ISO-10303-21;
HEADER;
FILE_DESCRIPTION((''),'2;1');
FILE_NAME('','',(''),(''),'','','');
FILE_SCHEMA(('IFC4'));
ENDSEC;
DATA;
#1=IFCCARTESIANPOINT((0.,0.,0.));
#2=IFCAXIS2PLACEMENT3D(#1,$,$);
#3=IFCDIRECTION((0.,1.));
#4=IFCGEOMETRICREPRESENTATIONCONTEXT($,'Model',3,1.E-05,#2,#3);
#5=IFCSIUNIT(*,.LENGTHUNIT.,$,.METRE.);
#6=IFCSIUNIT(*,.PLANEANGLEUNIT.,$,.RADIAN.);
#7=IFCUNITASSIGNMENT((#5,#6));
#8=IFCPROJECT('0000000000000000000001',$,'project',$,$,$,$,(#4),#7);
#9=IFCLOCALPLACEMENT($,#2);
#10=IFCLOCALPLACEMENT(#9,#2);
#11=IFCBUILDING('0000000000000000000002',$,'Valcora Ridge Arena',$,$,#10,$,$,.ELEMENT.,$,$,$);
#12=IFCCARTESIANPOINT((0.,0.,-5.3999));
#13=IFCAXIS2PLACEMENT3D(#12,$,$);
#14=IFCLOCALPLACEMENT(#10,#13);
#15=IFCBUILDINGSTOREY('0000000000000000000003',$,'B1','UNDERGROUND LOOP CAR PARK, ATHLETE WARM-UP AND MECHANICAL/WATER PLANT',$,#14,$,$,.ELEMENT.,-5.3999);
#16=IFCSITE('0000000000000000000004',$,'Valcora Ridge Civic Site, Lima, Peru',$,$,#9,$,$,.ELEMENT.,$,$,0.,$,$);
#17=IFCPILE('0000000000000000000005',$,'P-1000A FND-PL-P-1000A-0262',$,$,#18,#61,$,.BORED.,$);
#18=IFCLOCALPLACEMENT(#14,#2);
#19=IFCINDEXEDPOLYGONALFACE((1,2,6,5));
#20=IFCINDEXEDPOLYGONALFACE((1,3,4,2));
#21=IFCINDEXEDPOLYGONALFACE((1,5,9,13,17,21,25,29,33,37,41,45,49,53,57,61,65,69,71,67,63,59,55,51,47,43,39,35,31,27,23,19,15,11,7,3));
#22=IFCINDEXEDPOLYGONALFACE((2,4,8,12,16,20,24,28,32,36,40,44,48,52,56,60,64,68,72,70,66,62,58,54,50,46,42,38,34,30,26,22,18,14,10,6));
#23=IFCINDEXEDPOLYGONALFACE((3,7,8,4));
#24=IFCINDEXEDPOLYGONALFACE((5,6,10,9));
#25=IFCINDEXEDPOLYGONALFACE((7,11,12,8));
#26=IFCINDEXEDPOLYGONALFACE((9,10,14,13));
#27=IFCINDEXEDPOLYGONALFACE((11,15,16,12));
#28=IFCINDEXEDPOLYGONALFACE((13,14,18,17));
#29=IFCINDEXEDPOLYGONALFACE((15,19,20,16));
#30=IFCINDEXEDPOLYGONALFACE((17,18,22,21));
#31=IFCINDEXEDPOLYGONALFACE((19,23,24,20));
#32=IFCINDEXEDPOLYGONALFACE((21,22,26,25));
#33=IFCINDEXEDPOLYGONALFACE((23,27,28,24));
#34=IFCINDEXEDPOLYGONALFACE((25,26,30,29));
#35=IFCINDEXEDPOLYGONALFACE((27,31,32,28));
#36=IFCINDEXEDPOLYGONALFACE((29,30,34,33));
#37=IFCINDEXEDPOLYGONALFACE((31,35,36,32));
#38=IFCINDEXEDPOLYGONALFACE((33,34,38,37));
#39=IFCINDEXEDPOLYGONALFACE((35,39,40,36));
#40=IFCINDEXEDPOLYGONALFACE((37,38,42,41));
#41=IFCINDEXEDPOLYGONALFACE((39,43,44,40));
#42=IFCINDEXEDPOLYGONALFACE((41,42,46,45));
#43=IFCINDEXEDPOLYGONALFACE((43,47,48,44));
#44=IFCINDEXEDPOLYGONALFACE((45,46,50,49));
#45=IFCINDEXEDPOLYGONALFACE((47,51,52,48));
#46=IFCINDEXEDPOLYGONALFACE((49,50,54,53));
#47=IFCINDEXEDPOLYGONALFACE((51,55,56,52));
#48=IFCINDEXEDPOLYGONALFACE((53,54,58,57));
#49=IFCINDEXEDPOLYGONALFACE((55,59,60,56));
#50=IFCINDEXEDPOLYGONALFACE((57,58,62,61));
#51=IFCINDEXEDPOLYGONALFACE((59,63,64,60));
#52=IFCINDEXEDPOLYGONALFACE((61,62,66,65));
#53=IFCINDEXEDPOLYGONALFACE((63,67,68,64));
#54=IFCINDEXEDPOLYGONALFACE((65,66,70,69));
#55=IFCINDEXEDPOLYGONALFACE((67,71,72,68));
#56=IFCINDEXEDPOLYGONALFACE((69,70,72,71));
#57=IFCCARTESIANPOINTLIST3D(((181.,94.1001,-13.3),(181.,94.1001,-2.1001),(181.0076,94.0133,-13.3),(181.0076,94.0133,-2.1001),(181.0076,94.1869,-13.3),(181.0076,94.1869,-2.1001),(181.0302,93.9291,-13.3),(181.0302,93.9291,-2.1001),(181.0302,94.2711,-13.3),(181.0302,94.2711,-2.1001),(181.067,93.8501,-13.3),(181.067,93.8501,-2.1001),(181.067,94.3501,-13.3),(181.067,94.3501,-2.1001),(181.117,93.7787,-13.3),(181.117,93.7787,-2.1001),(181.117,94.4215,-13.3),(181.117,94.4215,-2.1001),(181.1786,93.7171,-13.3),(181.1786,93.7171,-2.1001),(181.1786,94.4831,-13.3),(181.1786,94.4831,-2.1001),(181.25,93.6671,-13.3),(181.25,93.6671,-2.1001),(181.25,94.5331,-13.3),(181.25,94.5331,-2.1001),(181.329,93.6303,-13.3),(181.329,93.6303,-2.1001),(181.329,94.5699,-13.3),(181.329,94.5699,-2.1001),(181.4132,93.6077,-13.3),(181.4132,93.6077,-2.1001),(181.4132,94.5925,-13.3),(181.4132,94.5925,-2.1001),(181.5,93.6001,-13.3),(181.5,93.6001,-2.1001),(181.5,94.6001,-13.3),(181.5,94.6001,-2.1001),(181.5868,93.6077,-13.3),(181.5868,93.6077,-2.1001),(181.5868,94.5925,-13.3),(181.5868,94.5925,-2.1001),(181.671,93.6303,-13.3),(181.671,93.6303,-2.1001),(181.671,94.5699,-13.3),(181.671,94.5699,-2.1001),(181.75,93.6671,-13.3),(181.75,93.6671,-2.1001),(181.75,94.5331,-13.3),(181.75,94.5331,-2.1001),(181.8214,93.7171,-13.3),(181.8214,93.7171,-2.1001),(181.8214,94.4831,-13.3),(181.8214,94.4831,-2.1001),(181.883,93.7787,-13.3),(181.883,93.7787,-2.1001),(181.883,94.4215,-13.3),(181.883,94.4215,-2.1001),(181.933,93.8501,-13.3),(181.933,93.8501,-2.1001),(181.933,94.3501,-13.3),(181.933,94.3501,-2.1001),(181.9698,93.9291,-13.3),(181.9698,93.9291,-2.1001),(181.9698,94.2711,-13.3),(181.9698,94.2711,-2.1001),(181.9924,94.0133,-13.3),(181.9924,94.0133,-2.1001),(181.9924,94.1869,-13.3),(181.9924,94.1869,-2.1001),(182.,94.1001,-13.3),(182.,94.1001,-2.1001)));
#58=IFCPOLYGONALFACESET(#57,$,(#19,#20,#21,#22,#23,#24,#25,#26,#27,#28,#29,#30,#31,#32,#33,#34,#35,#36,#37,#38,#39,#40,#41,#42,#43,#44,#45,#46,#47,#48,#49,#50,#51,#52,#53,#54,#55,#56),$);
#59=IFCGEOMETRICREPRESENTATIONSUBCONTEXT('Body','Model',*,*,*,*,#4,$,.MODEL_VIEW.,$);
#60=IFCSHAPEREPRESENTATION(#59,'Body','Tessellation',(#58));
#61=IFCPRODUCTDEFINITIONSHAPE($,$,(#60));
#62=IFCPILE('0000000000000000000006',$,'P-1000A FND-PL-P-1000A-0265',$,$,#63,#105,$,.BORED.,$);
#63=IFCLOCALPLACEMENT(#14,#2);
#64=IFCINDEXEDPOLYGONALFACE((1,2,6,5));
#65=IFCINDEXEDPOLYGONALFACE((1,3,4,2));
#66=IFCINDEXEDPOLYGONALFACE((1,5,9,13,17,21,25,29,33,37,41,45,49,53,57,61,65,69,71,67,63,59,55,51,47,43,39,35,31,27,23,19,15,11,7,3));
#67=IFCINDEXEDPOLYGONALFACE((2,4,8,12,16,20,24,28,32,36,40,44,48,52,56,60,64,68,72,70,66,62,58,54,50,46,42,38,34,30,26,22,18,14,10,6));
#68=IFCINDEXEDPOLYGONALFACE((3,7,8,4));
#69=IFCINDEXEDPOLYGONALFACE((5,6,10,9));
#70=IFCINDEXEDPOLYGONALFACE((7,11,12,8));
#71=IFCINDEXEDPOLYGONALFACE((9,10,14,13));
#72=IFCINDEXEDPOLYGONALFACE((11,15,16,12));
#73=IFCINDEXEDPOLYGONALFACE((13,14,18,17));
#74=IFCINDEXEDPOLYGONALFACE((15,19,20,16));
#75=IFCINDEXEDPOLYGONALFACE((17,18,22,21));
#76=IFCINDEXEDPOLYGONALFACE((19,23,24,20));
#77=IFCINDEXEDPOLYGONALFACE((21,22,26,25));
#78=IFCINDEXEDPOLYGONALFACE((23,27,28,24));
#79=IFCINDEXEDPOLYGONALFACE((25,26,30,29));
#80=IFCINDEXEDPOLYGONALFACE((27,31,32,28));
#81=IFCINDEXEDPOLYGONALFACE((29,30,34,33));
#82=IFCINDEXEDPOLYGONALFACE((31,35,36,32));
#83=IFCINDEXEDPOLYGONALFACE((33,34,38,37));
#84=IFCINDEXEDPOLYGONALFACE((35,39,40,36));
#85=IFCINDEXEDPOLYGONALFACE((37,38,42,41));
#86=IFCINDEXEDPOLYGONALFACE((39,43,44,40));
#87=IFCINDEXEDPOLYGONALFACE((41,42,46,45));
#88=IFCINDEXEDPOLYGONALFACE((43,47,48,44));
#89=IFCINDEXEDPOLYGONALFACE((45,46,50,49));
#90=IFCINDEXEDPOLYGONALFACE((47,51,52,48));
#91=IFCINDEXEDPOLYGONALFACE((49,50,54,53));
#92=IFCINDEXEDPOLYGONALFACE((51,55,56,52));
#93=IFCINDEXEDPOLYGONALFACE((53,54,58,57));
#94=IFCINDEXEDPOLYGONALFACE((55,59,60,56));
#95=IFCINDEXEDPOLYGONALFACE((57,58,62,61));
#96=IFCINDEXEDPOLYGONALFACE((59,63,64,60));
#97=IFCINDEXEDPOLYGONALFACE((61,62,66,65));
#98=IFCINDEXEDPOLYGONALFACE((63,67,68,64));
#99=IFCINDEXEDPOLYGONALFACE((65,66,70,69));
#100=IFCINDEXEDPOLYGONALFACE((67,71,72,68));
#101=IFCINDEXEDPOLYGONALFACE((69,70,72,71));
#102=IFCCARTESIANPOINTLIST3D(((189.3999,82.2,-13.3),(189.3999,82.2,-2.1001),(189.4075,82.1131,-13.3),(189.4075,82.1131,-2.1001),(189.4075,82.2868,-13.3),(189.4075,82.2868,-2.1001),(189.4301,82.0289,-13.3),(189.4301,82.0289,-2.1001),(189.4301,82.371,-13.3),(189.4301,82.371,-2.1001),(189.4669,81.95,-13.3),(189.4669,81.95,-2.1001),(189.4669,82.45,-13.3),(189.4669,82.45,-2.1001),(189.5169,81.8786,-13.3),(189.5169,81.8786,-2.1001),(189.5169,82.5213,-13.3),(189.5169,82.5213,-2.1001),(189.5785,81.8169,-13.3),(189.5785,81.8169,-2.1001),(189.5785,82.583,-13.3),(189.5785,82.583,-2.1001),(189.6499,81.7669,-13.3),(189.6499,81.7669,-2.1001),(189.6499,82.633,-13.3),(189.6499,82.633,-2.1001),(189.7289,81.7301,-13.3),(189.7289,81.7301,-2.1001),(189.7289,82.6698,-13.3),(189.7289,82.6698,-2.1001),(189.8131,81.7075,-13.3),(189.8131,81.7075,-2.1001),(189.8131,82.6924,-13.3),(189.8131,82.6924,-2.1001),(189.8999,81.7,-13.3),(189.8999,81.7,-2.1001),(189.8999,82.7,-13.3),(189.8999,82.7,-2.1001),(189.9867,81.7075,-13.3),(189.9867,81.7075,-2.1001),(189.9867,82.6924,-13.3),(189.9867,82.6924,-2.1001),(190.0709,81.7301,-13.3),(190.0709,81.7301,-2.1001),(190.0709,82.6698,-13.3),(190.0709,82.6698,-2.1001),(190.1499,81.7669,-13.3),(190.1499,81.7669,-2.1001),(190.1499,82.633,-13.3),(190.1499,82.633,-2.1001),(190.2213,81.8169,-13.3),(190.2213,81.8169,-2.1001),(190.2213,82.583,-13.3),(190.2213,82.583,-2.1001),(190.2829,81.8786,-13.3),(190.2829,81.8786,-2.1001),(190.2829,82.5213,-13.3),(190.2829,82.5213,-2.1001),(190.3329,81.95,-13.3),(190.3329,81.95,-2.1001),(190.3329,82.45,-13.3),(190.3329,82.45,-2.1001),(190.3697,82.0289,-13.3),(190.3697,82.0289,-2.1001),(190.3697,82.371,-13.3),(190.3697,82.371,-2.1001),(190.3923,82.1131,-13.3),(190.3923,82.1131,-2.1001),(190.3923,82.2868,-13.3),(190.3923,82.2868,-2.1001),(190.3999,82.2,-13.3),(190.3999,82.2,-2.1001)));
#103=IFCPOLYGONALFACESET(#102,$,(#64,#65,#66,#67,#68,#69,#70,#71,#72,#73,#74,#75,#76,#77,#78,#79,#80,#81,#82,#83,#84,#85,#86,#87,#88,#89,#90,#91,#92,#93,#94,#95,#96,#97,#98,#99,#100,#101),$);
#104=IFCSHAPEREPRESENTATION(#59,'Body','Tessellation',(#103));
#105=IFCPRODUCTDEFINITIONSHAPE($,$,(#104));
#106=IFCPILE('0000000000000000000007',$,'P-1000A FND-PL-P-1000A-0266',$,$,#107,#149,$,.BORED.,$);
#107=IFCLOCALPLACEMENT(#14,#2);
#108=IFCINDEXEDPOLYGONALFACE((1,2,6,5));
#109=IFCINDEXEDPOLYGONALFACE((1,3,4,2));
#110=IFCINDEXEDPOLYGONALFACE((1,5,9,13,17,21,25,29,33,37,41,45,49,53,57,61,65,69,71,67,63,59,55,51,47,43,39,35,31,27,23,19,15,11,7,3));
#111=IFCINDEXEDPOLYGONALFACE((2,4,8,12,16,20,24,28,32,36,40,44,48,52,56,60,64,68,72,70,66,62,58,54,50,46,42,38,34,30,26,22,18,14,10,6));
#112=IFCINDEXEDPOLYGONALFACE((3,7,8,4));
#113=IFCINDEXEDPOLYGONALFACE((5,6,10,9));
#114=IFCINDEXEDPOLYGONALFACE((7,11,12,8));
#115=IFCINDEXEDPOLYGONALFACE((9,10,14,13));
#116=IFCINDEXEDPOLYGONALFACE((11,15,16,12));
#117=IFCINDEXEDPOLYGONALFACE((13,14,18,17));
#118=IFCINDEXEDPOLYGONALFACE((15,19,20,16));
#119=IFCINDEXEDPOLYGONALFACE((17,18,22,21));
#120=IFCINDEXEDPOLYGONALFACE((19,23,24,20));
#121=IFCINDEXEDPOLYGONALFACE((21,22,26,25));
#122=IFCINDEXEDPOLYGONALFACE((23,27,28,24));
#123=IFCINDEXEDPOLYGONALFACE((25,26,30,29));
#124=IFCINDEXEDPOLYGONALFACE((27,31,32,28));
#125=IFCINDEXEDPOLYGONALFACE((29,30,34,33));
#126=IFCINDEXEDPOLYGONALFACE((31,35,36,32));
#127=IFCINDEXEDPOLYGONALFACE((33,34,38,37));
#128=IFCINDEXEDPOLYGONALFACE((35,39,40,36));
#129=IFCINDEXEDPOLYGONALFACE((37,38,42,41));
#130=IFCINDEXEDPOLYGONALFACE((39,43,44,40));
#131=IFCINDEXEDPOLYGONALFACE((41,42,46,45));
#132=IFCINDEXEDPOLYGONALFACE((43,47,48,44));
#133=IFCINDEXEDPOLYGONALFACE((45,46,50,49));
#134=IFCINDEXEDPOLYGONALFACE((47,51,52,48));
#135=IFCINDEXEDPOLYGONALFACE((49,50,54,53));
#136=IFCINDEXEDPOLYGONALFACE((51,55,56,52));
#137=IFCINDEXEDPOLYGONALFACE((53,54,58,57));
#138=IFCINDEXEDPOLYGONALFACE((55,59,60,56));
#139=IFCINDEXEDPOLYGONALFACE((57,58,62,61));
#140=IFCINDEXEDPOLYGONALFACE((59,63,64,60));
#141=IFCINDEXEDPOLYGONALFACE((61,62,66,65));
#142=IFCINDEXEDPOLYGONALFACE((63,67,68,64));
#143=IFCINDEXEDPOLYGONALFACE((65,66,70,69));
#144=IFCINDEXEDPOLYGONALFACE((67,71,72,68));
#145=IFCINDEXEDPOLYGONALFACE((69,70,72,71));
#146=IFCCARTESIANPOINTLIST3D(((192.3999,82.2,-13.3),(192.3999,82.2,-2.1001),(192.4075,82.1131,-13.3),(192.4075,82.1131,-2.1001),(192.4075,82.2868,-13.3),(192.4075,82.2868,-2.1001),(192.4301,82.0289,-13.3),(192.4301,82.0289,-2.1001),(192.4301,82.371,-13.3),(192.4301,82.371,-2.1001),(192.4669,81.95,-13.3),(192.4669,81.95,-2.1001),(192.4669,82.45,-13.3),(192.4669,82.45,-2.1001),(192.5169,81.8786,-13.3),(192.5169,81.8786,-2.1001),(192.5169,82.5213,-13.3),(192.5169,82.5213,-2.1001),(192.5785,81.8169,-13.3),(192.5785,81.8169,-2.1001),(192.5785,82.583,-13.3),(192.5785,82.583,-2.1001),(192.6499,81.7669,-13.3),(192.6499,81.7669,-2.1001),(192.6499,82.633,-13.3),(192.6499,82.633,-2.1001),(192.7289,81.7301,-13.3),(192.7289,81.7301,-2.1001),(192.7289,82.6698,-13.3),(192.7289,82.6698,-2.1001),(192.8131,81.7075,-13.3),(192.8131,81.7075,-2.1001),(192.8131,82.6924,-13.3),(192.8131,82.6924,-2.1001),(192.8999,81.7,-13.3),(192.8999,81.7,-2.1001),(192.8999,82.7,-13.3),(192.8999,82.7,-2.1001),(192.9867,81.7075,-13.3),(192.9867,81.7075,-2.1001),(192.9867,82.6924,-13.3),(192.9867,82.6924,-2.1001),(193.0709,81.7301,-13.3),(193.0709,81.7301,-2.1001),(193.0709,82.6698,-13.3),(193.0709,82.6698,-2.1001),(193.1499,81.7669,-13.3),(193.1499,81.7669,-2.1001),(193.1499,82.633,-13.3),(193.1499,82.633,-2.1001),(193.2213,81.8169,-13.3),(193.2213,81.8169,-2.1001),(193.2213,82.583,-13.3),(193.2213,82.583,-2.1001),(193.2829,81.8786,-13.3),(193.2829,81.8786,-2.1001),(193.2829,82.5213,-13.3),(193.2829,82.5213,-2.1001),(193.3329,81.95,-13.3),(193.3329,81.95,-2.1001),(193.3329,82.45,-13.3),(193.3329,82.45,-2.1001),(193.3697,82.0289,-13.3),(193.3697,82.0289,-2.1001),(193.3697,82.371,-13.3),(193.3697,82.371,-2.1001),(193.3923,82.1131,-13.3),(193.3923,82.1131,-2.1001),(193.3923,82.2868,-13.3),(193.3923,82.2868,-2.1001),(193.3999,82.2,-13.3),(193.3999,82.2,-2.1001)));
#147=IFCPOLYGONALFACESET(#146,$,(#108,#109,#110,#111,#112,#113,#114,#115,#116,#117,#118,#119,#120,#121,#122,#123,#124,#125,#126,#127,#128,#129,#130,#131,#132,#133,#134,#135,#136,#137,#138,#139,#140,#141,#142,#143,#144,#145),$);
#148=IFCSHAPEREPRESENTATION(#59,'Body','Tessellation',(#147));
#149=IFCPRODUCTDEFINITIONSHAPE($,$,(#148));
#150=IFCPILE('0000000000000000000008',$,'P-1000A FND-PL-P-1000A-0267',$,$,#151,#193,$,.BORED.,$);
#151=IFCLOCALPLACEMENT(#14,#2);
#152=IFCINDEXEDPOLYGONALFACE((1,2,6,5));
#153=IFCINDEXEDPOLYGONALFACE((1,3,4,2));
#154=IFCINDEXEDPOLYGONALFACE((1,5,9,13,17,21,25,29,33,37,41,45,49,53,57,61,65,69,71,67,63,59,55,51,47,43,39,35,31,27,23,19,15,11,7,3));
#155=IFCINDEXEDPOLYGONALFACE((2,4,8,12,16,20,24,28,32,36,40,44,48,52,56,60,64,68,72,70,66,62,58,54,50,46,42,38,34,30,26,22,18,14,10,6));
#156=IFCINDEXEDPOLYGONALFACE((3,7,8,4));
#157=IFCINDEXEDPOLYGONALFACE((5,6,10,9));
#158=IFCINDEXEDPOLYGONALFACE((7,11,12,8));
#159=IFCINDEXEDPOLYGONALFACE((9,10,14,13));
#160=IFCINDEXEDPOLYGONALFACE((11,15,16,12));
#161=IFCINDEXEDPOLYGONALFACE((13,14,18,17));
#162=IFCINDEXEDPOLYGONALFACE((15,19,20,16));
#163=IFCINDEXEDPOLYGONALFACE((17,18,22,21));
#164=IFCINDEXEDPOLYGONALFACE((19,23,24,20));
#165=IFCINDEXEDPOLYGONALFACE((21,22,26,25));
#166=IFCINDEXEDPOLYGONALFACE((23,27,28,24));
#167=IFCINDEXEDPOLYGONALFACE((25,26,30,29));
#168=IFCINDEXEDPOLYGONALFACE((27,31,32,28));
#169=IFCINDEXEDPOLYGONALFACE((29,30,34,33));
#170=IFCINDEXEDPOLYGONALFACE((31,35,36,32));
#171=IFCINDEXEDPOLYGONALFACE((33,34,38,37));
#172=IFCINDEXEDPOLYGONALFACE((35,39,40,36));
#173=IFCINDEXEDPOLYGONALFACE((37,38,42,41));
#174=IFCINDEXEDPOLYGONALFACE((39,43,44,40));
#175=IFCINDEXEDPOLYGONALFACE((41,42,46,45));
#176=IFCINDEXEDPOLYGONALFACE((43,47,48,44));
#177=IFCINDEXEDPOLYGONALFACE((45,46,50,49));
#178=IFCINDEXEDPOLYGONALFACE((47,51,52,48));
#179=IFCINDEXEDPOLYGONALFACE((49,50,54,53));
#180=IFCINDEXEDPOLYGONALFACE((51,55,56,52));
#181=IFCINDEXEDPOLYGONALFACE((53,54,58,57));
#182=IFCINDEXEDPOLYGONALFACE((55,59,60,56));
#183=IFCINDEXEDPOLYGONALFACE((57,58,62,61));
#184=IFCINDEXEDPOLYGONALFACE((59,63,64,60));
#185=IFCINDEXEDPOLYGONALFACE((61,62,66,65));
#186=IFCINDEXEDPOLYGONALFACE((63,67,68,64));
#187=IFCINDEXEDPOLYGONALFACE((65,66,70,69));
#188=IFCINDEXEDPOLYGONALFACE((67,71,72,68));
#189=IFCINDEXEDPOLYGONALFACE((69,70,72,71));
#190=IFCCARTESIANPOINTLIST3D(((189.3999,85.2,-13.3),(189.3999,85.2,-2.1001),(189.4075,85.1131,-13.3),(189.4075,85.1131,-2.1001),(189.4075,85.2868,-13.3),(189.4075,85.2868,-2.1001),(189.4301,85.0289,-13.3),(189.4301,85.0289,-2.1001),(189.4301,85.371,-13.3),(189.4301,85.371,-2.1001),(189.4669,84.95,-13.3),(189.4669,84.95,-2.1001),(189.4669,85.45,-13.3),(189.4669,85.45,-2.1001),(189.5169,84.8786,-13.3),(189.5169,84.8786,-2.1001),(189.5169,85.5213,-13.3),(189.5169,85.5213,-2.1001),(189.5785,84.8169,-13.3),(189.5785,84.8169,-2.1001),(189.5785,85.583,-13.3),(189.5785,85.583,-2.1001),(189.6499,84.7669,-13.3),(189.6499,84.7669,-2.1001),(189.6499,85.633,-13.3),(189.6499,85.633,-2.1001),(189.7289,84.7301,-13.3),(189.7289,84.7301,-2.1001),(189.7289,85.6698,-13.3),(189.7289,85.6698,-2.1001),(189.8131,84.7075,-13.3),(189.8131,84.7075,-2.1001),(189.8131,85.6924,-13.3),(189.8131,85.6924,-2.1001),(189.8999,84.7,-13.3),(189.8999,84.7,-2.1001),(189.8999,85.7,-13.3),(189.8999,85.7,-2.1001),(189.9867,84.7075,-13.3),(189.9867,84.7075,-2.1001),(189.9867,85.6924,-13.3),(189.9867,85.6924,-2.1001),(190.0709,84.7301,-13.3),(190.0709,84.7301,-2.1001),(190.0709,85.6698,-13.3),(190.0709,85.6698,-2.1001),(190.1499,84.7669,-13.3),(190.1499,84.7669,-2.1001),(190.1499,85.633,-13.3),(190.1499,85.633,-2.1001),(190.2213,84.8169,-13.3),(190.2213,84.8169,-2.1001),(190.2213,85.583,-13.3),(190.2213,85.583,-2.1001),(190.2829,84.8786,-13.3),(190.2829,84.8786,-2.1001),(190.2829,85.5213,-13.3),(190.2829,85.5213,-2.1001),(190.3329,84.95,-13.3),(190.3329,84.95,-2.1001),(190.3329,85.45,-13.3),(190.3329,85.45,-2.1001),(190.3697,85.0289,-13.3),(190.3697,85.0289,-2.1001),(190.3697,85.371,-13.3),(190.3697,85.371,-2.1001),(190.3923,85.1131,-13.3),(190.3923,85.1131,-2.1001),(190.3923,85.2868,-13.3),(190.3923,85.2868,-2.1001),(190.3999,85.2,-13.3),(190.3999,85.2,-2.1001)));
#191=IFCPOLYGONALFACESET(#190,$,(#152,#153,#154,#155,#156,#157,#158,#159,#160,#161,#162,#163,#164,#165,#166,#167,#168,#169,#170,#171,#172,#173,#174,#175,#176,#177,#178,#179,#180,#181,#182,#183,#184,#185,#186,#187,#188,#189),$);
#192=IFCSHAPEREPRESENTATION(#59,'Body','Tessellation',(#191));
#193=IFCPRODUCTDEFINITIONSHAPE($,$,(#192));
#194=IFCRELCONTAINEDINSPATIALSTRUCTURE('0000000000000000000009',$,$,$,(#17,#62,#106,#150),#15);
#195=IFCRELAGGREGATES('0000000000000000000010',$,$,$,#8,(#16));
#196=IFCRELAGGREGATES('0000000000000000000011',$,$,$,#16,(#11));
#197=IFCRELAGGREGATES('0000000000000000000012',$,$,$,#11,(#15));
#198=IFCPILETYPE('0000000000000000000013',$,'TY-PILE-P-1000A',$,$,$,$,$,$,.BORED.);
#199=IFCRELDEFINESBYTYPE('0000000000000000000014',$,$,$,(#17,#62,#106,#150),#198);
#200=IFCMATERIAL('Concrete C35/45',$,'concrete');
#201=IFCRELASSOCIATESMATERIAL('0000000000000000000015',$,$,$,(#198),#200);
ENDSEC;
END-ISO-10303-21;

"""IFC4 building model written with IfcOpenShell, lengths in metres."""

from ifc_helpers import new_model, si_unit, direction, frame, origin, origin_2d, place, context, subcontext, project, spatial, circle, extrude, material, material_profile, profile_set, type_object, element, save


model = new_model("IFC4")

# Units and contexts
model_context = context("Model", 3, precision=1e-05, world=origin(), true_north=direction((0.0, 1.0)))
body_context = subcontext(model_context, "Body", "Model", "MODEL_VIEW")
ifc_project = project(units=[si_unit("LENGTHUNIT", "METRE"), si_unit("PLANEANGLEUNIT", "RADIAN")], contexts=[model_context])

# Site, building, storey
site_placement = place(None, origin())
site = spatial("IfcSite", under=ifc_project, at=site_placement, Name="Valcora Ridge Civic Site, Lima, Peru", CompositionType="ELEMENT", RefElevation=0.0)
building_placement = place(site_placement, origin())
building = spatial("IfcBuilding", under=site, at=building_placement, Name="Valcora Ridge Arena", CompositionType="ELEMENT")
storey_placement = place(building_placement, frame((0.0, 0.0, -5.3999)))
storey = spatial("IfcBuildingStorey", under=building, at=storey_placement, Name="B1", Description="UNDERGROUND LOOP CAR PARK, ATHLETE WARM-UP AND MECHANICAL/WATER PLANT", CompositionType="ELEMENT", Elevation=-5.3999)

# Piles
ifc_material_1 = material(Name="Concrete C35/45", Category="concrete")
ifc_material_profile_1 = material_profile(ifc_material_1, circle(Radius=0.5, at=origin_2d()), Name="BORED PILE D1000")
ifc_profile_set_1 = profile_set([ifc_material_profile_1], Name="Concrete C35/45")
pile_type_1 = type_object("IfcPileType", Name="TY-PILE-P-1000A", PredefinedType="BORED", material=ifc_profile_set_1)
for number, where, z_axis, x_axis, name in (
    (1, (181.5, 94.1001, -2.1001), (0.0, 0.0, -1.0), (1.0, 0.0, 0.0), "P-1000A FND-PL-P-1000A-0262"),
    (2, (189.8999, 82.2, -2.1001), (0.0, 0.0, -1.0), (1.0, 0.0, 0.0), "P-1000A FND-PL-P-1000A-0265"),
    (3, (192.8999, 82.2, -2.1001), (0.0, 0.0, -1.0), (1.0, 0.0, 0.0), "P-1000A FND-PL-P-1000A-0266"),
    (4, (189.8999, 85.2, -2.1001), (0.0, 0.0, -1.0), (1.0, 0.0, 0.0), "P-1000A FND-PL-P-1000A-0267"),
):
    element("IfcPile", number, at=place(storey_placement, frame(where, z_axis=z_axis, x_axis=x_axis)), inside=storey, type_object=pile_type_1, Name=name, PredefinedType="BORED", context=body_context, shape_type="SweptSolid", body=[
        extrude(circle(Radius=0.5, at=origin_2d()), origin(), (0.0, 0.0, 1.0), 11.2),
    ])

save(model, "model.ifc")
